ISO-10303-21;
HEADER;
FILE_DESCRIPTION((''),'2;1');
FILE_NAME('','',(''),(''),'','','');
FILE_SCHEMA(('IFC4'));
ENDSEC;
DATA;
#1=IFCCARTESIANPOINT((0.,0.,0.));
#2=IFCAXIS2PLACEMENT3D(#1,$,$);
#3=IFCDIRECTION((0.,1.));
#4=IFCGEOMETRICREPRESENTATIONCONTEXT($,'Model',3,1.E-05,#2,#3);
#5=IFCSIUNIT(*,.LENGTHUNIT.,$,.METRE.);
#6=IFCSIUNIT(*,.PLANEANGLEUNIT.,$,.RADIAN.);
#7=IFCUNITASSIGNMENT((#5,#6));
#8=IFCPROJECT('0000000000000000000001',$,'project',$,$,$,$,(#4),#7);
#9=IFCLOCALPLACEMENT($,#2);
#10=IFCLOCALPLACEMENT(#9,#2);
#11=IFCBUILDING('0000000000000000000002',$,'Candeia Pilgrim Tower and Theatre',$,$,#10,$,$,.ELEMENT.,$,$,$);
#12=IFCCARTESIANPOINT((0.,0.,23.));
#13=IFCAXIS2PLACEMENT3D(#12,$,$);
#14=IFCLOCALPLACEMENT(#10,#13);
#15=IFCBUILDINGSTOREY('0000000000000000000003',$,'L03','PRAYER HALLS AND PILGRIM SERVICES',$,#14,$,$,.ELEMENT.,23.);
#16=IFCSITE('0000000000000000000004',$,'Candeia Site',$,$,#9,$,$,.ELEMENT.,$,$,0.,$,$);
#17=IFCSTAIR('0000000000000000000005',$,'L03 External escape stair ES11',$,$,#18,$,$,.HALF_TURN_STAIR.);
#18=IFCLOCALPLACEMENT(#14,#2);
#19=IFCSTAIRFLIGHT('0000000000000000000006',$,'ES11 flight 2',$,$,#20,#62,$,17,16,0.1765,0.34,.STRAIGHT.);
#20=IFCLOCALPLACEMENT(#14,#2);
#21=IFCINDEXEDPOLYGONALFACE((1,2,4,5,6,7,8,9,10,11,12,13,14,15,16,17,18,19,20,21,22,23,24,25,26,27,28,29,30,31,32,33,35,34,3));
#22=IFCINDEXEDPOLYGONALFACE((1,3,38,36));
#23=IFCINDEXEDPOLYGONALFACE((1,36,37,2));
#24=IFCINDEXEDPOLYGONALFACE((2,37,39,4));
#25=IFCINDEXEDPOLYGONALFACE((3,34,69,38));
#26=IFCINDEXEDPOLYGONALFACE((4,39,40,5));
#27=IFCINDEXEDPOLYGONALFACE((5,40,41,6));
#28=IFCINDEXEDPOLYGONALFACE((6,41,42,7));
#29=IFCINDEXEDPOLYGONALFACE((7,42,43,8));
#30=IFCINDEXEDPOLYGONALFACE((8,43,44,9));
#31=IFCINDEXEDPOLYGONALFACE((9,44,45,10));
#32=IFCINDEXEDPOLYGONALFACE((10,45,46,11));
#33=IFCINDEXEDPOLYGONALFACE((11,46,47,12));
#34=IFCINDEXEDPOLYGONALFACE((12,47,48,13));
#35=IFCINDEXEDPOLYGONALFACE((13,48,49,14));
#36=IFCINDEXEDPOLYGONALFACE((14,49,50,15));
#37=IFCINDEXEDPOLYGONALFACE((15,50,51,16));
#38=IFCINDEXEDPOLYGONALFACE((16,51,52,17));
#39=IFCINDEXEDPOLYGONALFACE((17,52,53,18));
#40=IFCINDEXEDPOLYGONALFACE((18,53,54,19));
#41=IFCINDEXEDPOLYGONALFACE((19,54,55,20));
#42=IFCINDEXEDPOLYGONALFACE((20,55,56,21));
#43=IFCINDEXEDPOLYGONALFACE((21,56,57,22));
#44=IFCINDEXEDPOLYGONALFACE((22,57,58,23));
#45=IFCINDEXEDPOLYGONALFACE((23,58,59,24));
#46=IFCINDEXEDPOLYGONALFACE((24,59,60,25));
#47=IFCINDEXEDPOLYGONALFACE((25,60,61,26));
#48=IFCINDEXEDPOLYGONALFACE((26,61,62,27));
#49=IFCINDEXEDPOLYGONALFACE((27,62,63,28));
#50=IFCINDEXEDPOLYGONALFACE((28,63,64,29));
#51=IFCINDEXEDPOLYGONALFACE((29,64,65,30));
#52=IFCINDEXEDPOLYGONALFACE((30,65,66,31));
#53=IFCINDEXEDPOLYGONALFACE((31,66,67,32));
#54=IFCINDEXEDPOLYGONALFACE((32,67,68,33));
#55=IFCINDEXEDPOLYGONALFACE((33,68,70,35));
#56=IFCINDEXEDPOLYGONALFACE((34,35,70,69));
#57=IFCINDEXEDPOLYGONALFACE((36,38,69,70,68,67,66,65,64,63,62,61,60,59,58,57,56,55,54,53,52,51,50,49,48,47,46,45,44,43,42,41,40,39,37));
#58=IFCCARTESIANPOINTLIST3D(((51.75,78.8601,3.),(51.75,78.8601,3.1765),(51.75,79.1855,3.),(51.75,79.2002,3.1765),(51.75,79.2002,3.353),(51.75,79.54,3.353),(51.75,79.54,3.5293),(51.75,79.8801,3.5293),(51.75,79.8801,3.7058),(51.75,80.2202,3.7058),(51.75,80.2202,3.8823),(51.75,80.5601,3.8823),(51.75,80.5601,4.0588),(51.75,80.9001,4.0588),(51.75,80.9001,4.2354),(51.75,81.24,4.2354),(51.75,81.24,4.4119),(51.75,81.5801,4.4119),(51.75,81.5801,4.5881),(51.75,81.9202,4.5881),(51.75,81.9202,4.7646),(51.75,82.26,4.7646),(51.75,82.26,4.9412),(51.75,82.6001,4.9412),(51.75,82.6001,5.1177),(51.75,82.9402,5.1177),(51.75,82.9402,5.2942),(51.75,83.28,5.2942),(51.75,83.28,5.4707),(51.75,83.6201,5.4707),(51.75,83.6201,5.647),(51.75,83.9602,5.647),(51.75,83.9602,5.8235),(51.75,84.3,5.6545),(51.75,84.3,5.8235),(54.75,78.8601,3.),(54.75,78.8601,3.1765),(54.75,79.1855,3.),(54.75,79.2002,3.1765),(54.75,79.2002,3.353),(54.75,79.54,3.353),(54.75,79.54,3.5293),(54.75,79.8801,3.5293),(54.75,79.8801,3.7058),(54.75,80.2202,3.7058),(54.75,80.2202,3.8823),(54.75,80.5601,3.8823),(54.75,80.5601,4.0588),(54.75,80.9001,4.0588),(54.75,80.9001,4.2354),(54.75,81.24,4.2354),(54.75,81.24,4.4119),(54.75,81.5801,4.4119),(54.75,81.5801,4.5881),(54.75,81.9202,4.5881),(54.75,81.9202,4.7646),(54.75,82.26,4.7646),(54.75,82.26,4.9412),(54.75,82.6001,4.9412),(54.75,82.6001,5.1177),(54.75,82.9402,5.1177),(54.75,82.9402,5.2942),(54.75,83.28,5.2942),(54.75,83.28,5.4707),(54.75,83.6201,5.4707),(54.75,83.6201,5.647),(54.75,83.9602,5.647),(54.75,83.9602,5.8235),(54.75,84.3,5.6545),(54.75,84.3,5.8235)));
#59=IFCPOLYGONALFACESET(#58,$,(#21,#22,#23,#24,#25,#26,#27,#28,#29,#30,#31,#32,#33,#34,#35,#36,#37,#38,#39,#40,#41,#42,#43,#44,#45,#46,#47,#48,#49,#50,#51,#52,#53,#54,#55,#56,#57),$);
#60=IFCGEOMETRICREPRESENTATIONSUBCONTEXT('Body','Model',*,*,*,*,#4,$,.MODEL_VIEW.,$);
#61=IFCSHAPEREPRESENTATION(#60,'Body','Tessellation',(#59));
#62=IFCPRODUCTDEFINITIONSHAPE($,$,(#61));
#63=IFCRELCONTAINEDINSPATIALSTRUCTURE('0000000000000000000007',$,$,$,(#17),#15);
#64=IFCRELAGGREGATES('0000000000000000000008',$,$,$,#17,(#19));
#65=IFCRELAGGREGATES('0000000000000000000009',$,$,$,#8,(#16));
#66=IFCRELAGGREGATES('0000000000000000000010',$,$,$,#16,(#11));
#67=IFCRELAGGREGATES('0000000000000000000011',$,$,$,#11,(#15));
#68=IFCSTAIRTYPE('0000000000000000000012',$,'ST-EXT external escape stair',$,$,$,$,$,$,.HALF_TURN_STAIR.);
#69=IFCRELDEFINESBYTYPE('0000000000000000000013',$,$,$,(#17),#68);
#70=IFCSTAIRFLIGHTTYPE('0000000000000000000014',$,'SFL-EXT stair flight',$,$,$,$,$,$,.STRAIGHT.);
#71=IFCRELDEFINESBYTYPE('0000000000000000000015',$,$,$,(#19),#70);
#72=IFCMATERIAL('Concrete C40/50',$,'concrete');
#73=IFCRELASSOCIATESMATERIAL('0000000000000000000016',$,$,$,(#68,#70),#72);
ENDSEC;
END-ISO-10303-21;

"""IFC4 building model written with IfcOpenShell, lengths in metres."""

from ifc_helpers import new_model, si_unit, direction, frame, origin, place, context, subcontext, project, spatial, polyline, outline, extrude, material, type_object, element, aggregate, save


model = new_model("IFC4")

# Units and contexts
model_context = context("Model", 3, precision=1e-05, world=origin(), true_north=direction((0.0, 1.0)))
body_context = subcontext(model_context, "Body", "Model", "MODEL_VIEW")
ifc_project = project(units=[si_unit("LENGTHUNIT", "METRE"), si_unit("PLANEANGLEUNIT", "RADIAN")], contexts=[model_context])

# Site, building, storey
site_placement = place(None, origin())
site = spatial("IfcSite", under=ifc_project, at=site_placement, Name="Candeia Site", CompositionType="ELEMENT", RefElevation=0.0)
building_placement = place(site_placement, origin())
building = spatial("IfcBuilding", under=site, at=building_placement, Name="Candeia Pilgrim Tower and Theatre", CompositionType="ELEMENT")
storey_placement = place(building_placement, frame((0.0, 0.0, 23.0)))
storey = spatial("IfcBuildingStorey", under=building, at=storey_placement, Name="L03", Description="PRAYER HALLS AND PILGRIM SERVICES", CompositionType="ELEMENT", Elevation=23.0)

# Shared definitions
ifc_material_1 = material(Name="Concrete C40/50", Category="concrete")

# Shared definitions
stair_type = type_object("IfcStairType", Name="ST-EXT external escape stair", PredefinedType="HALF_TURN_STAIR", material=ifc_material_1)

# Stair
stair_1_placement = place(storey_placement, origin())
stair_1 = element("IfcStair", 1, at=stair_1_placement, inside=storey, type_object=stair_type, Name="L03 External escape stair ES11", PredefinedType="HALF_TURN_STAIR")

# Stair flight
stair_flight_type = type_object("IfcStairFlightType", Name="SFL-EXT stair flight", PredefinedType="STRAIGHT", material=ifc_material_1)
stair_flight_placement = place(storey_placement, frame((53.25, 78.8601, 3.0), z_axis=(0.0, 0.0, 1.0), x_axis=(0.0, 1.0, 0.0)))
stair_flight = element("IfcStairFlight", 2, at=stair_flight_placement, type_object=stair_flight_type, Name="ES11 flight 2", NumberOfRisers=17, NumberOfTreads=16, PredefinedType="STRAIGHT", RiserHeight=0.1765, TreadLength=0.34, context=body_context, shape_type="SweptSolid", body=[
    extrude(outline(polyline([(0.0, 0.0), (0.0, 0.1765), (0.3401, 0.1765), (0.3401, 0.353), (0.6799, 0.353), (0.6799, 0.5293), (1.02, 0.5293), (1.02, 0.7058), (1.3601, 0.7058), (1.3601, 0.8823), (1.7, 0.8823), (1.7, 1.0588), (2.04, 1.0588), (2.04, 1.2354), (2.3799, 1.2354), (2.3799, 1.4119), (2.72, 1.4119), (2.72, 1.5881), (3.0601, 1.5881), (3.0601, 1.7646), (3.3999, 1.7646), (3.3999, 1.9412), (3.74, 1.9412), (3.74, 2.1177), (4.0801, 2.1177), (4.0801, 2.2942), (4.4199, 2.2942), (4.4199, 2.4707), (4.76, 2.4707), (4.76, 2.647), (5.1001, 2.647), (5.1001, 2.8235), (5.4399, 2.8235), (5.4399, 3.0), (5.4399, 2.6545), (0.3254, 0.0), (0.0, 0.0)])), frame((0.0, 1.5, 0.0), z_axis=(0.0, -1.0, 0.0), x_axis=(1.0, 0.0, 0.0)), (0.0, 0.0, 1.0), 3.0),
])
aggregate(stair_1, [stair_flight])

save(model, "model.ifc")
